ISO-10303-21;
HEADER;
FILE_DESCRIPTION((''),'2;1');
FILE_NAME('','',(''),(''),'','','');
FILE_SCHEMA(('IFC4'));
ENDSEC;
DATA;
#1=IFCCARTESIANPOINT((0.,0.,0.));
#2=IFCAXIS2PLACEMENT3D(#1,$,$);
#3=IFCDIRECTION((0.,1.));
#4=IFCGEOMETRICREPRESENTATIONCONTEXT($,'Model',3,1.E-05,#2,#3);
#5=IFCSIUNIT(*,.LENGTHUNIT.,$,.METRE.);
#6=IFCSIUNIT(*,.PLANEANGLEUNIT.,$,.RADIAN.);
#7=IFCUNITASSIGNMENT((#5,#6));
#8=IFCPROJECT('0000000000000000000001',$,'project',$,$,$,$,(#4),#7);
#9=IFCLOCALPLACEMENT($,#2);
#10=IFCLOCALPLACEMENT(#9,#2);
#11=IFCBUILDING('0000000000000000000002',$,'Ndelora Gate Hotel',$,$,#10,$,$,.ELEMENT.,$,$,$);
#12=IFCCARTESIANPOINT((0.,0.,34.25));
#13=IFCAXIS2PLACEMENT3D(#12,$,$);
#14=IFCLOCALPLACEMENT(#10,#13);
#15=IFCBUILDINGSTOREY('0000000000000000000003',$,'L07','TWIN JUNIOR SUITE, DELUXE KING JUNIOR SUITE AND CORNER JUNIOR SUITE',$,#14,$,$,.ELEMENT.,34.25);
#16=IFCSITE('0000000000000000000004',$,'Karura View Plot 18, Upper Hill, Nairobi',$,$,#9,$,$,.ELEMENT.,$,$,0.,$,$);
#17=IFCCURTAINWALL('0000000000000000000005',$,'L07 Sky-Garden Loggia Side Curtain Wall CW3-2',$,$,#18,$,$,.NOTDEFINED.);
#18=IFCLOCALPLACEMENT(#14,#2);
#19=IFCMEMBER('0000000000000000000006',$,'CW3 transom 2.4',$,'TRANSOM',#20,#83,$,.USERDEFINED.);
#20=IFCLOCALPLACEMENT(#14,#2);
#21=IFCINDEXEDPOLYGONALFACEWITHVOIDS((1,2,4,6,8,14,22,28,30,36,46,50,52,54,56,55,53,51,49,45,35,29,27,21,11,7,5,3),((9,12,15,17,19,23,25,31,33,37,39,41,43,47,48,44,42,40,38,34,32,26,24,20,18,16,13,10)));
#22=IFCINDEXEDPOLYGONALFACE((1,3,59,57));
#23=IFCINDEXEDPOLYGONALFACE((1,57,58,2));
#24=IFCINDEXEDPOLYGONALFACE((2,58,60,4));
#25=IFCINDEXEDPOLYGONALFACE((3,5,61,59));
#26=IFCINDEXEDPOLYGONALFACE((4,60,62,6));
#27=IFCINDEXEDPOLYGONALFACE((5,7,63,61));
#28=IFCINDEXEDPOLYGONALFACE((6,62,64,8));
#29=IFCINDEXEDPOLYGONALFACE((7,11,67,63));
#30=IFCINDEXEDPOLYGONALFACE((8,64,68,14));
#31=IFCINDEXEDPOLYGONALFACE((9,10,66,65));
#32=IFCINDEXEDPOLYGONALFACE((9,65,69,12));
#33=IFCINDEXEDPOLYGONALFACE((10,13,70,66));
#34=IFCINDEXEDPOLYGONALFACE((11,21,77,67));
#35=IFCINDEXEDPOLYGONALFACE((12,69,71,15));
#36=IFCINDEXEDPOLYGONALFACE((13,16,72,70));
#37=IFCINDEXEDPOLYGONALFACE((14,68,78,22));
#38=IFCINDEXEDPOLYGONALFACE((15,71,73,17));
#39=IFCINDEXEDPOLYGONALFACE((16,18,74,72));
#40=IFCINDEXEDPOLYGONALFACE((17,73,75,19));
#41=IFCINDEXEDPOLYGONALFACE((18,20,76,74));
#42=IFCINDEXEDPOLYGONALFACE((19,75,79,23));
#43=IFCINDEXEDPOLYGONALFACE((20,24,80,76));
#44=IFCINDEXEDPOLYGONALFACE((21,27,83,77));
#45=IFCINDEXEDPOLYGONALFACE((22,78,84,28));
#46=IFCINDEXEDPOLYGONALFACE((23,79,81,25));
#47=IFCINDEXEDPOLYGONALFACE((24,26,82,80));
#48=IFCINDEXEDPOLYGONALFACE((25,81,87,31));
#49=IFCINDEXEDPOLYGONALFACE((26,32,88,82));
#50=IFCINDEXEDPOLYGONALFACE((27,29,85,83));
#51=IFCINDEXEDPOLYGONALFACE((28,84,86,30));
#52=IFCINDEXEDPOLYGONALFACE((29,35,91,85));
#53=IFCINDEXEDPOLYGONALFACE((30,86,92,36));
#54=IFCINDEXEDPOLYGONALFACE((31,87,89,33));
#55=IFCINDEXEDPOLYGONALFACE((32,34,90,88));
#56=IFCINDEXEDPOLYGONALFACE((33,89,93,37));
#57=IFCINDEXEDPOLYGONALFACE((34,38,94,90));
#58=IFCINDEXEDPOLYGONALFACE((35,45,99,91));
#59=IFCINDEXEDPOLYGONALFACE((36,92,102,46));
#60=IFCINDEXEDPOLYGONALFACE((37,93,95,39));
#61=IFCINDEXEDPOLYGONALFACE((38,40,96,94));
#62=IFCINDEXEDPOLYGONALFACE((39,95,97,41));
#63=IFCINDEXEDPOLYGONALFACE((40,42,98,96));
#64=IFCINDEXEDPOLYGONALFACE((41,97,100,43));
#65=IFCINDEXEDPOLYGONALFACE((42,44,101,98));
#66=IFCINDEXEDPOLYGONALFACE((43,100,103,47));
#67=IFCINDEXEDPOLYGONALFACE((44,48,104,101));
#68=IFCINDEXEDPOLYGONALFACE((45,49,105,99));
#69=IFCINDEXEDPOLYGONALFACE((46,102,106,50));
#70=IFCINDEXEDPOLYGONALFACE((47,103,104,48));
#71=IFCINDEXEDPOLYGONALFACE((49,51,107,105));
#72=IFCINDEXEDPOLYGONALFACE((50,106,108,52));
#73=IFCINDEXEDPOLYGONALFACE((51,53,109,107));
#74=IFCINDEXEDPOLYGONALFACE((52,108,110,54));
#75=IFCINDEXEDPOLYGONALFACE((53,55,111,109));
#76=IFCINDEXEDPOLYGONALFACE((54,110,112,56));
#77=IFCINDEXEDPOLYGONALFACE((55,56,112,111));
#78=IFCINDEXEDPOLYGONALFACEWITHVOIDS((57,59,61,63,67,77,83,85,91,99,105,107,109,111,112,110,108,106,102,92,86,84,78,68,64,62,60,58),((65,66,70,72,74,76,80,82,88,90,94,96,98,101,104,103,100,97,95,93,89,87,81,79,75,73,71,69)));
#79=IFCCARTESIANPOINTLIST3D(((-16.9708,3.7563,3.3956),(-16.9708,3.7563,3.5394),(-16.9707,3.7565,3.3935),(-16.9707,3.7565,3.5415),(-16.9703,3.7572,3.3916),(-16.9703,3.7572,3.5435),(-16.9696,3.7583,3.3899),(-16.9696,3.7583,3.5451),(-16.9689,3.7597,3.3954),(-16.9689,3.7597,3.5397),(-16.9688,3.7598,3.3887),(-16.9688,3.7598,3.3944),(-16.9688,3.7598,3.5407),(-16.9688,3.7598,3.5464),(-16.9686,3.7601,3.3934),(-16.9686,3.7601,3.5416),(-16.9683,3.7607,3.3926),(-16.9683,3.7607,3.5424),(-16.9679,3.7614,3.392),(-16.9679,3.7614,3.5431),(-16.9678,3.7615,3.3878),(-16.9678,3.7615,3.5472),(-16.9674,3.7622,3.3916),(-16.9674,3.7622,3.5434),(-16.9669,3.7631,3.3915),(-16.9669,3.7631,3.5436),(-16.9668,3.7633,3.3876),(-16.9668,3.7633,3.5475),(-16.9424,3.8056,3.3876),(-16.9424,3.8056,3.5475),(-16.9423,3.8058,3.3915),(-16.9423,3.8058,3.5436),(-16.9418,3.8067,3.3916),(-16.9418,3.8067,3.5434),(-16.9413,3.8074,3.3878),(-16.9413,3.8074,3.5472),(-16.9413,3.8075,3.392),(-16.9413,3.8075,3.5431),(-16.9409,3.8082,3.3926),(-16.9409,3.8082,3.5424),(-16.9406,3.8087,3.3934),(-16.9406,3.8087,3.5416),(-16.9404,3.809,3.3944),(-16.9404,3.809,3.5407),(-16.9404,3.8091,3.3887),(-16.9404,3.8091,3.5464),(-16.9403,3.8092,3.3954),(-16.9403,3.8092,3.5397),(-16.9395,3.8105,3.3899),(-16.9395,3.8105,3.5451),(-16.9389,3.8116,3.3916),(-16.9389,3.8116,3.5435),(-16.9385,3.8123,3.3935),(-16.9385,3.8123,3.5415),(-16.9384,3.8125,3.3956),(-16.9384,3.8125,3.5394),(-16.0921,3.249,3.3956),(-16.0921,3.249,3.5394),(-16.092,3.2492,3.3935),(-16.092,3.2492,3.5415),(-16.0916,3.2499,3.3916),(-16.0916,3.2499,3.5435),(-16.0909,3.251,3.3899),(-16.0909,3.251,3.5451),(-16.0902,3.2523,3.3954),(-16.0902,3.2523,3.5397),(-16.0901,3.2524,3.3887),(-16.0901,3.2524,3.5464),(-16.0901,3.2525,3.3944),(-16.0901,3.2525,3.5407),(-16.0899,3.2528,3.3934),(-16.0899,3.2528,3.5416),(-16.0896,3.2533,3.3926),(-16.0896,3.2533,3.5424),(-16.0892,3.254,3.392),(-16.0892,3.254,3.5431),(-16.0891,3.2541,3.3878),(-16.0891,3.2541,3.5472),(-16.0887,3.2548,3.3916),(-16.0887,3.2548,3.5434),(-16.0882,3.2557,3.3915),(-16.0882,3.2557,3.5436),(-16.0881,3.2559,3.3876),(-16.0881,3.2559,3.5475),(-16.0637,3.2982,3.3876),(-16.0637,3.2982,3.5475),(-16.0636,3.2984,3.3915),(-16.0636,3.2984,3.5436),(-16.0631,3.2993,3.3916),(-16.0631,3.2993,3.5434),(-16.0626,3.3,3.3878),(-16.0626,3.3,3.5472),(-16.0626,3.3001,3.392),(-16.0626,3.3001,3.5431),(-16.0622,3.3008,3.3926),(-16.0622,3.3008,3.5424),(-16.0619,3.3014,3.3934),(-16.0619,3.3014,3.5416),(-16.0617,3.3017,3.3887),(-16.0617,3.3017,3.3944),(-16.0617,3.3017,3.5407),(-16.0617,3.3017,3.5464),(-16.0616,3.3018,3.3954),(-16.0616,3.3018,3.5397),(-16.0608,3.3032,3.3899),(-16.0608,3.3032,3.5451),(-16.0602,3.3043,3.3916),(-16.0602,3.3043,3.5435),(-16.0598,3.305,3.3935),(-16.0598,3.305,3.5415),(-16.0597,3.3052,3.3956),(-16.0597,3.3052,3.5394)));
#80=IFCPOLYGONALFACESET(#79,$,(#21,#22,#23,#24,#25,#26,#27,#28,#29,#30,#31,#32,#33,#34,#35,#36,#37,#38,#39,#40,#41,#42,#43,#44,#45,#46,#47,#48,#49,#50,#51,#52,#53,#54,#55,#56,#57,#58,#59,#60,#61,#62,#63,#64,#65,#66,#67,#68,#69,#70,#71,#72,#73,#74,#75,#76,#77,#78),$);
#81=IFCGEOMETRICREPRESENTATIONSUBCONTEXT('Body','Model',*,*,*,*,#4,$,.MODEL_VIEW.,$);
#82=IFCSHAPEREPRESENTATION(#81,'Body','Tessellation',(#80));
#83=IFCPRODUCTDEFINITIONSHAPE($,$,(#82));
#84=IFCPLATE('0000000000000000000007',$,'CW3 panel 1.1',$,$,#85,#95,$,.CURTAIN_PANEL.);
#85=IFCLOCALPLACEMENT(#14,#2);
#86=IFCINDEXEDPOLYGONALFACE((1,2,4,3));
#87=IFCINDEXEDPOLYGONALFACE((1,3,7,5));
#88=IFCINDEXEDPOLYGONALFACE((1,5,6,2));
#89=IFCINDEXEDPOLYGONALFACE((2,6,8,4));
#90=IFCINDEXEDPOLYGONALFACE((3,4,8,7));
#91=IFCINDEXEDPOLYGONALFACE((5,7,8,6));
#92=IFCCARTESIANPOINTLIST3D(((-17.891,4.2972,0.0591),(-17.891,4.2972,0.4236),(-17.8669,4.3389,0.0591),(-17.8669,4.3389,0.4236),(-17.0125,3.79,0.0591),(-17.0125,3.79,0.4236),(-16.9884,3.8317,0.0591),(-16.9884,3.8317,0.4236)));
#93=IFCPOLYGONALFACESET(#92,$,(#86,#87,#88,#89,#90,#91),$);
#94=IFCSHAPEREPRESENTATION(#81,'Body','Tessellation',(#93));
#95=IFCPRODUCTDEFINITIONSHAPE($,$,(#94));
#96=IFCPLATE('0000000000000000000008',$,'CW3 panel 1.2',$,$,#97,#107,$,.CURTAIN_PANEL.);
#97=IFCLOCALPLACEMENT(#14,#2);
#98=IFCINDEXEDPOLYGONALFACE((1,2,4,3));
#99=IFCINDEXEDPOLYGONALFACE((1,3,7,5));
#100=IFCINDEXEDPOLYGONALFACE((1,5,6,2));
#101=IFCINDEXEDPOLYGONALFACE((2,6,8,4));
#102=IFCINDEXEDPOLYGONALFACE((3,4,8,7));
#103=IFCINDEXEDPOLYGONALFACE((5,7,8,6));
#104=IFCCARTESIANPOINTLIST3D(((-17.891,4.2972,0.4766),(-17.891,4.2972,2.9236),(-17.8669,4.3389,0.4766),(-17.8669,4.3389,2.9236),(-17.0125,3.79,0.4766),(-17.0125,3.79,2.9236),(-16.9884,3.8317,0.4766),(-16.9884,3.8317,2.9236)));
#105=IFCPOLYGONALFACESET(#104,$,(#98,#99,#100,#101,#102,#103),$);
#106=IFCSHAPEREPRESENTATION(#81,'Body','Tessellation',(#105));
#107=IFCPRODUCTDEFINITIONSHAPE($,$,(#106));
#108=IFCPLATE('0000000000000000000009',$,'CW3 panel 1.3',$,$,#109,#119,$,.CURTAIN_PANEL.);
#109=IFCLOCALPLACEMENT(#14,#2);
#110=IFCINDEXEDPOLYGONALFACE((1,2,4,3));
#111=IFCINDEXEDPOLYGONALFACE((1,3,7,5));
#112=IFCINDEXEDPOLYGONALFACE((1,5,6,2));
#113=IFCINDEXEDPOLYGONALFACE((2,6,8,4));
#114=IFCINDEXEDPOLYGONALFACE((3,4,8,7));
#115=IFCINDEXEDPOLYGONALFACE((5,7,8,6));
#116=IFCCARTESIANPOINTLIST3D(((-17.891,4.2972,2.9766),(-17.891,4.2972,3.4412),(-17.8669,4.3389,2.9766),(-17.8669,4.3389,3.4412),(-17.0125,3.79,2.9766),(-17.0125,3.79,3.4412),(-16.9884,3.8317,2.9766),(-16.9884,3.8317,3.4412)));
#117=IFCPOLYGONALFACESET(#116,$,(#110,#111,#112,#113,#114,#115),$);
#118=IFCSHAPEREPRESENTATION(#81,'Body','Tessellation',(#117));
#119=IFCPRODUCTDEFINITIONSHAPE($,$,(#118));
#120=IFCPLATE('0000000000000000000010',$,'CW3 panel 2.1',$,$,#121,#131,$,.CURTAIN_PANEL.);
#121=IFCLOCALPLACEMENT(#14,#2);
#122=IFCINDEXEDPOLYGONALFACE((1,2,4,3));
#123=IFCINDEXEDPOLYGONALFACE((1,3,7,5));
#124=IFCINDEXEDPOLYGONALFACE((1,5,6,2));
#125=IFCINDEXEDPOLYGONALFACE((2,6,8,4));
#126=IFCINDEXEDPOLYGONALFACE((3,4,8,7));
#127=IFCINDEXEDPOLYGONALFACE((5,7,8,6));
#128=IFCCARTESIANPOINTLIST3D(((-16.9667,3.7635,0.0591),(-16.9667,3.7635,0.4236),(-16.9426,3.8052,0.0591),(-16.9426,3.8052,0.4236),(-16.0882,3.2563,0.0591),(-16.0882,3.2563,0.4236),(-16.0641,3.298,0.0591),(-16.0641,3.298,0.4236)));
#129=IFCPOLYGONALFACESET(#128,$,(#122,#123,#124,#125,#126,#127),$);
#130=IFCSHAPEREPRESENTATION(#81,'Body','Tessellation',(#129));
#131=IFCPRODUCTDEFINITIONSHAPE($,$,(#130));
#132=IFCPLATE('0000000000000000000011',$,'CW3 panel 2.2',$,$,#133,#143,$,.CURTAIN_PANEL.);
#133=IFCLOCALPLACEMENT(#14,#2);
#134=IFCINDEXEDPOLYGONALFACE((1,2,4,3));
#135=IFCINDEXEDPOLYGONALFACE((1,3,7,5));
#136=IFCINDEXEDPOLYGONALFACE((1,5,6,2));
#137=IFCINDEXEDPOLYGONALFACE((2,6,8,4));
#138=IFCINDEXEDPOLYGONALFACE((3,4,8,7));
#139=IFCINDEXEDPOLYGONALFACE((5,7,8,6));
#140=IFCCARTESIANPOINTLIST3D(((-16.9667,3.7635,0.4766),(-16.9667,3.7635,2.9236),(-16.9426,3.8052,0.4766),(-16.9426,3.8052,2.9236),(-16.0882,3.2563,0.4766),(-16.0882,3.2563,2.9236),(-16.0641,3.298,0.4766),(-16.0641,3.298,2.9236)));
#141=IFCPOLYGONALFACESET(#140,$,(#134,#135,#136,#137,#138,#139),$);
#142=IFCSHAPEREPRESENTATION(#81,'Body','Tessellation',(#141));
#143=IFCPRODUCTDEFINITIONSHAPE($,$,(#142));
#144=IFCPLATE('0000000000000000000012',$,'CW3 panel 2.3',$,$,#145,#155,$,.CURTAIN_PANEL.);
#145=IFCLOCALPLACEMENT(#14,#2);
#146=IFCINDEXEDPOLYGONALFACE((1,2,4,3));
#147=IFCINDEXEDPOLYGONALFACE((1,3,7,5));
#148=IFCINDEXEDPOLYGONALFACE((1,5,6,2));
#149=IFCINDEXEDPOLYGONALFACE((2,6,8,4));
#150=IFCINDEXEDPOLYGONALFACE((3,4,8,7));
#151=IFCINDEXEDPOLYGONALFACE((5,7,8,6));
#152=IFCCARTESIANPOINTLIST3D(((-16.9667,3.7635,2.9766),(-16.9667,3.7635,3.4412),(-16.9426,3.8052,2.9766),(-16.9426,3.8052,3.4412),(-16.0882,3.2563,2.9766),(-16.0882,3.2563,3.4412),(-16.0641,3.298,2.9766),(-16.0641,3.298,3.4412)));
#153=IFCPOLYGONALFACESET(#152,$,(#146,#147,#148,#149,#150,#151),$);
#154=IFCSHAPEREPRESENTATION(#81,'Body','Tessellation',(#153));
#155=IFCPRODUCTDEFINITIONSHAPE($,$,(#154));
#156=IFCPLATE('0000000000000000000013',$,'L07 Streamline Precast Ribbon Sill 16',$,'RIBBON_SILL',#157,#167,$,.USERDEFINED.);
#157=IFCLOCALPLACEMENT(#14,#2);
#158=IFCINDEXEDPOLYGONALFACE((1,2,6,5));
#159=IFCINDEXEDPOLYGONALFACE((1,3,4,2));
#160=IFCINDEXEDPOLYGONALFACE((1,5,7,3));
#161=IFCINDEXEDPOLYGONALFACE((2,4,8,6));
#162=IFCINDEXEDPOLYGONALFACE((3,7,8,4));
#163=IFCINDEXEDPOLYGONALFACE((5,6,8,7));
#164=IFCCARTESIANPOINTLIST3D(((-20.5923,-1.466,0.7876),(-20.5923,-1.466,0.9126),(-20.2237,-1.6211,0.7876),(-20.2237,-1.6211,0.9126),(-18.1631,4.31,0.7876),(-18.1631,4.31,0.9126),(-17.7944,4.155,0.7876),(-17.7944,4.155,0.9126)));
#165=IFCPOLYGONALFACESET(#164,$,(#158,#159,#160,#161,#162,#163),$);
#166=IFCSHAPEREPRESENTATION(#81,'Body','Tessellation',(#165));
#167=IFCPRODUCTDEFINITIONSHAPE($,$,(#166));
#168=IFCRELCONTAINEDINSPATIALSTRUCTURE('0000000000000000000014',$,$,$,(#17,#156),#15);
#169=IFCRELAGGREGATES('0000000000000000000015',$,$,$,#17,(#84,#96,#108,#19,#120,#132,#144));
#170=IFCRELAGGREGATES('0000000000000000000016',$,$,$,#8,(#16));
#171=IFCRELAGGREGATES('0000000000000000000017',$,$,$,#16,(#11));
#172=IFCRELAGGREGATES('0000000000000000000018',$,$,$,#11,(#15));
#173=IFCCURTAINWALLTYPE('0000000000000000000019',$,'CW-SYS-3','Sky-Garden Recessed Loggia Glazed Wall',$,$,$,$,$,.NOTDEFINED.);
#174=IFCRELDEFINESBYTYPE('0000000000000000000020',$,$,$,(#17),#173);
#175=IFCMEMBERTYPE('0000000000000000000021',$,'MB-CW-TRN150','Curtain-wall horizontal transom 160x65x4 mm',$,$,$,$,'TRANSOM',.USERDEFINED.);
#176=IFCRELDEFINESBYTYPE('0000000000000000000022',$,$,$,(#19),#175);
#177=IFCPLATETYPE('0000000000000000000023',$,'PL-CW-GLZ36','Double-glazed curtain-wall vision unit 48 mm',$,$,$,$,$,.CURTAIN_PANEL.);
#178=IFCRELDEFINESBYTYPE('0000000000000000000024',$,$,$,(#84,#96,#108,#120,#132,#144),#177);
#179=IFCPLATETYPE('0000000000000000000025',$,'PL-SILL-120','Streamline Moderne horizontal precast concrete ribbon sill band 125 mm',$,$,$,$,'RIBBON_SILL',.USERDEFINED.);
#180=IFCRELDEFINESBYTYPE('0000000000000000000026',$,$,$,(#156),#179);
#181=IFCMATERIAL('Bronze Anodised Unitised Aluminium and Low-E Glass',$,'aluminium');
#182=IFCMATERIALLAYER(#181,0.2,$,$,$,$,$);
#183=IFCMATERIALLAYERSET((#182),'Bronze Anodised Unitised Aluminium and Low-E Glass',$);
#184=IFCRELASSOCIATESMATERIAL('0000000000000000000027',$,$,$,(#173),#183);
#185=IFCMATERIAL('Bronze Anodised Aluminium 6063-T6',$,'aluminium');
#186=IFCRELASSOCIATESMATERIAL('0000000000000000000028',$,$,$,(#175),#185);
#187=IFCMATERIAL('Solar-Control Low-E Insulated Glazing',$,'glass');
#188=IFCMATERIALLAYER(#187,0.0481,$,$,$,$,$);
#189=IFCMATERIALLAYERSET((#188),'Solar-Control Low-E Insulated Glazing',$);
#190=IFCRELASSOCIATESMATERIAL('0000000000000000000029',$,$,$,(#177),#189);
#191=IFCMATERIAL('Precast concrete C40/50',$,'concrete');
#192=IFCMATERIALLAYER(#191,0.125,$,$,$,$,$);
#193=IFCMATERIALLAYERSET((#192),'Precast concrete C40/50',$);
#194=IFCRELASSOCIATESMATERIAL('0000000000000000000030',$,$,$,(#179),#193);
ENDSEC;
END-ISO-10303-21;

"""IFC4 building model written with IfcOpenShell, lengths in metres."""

from ifc_helpers import new_model, si_unit, direction, frame, origin, origin_2d, place, context, subcontext, project, spatial, rectangle, hollow_rectangle, extrude, material, layer, layer_set, material_profile, profile_set, type_object, element, aggregate, save


model = new_model("IFC4")

# Units and contexts
model_context = context("Model", 3, precision=1e-05, world=origin(), true_north=direction((0.0, 1.0)))
body_context = subcontext(model_context, "Body", "Model", "MODEL_VIEW")
ifc_project = project(units=[si_unit("LENGTHUNIT", "METRE"), si_unit("PLANEANGLEUNIT", "RADIAN")], contexts=[model_context])

# Site, building, storey
site_placement = place(None, origin())
site = spatial("IfcSite", under=ifc_project, at=site_placement, Name="Karura View Plot 18, Upper Hill, Nairobi", CompositionType="ELEMENT", RefElevation=0.0)
building_placement = place(site_placement, origin())
building = spatial("IfcBuilding", under=site, at=building_placement, Name="Ndelora Gate Hotel", CompositionType="ELEMENT")
storey_placement = place(building_placement, frame((0.0, 0.0, 34.25)))
storey = spatial("IfcBuildingStorey", under=building, at=storey_placement, Name="L07", Description="TWIN JUNIOR SUITE, DELUXE KING JUNIOR SUITE AND CORNER JUNIOR SUITE", CompositionType="ELEMENT", Elevation=34.25)

# Curtain wall, member, plates
ifc_material_1 = material(Name="Bronze Anodised Unitised Aluminium and Low-E Glass", Category="aluminium")
ifc_layer_1 = layer(ifc_material_1, 0.2)
ifc_layer_set_1 = layer_set([ifc_layer_1], Name="Bronze Anodised Unitised Aluminium and Low-E Glass")
curtain_wall_type = type_object("IfcCurtainWallType", Name="CW-SYS-3", Description="Sky-Garden Recessed Loggia Glazed Wall", PredefinedType="NOTDEFINED", material=ifc_layer_set_1)
curtain_wall_placement = place(storey_placement, origin())
curtain_wall = element("IfcCurtainWall", 1, at=curtain_wall_placement, inside=storey, type_object=curtain_wall_type, Name="L07 Sky-Garden Loggia Side Curtain Wall CW3-2", PredefinedType="NOTDEFINED")
ifc_material_2 = material(Name="Bronze Anodised Aluminium 6063-T6", Category="aluminium")
ifc_material_profile_1 = material_profile(ifc_material_2, hollow_rectangle(XDim=0.0649, YDim=0.1599, WallThickness=0.0039, InnerFilletRadius=0.0039, OuterFilletRadius=0.0081, at=origin_2d()), Name="ALU 160x65x4")
ifc_profile_set_1 = profile_set([ifc_material_profile_1], Name="Bronze Anodised Aluminium 6063-T6")
member_type_1 = type_object("IfcMemberType", Name="MB-CW-TRN150", Description="Curtain-wall horizontal transom 160x65x4 mm", ElementType="TRANSOM", PredefinedType="USERDEFINED", material=ifc_profile_set_1)
member_1_placement = place(storey_placement, frame((-16.9546, 3.7844, 3.4675), z_axis=(0.866013, -0.500021, 0.0), x_axis=(0.500021, 0.866013, 0.0)))
member_1 = element("IfcMember", 2, at=member_1_placement, type_object=member_type_1, Name="CW3 transom 2.4", ObjectType="TRANSOM", PredefinedType="USERDEFINED", context=body_context, shape_type="SweptSolid", body=[
    extrude(hollow_rectangle(XDim=0.0649, YDim=0.1599, WallThickness=0.0039, InnerFilletRadius=0.0039, OuterFilletRadius=0.0081, at=origin_2d()), origin(), (0.0, 0.0, 1.0), 1.0146),
])
ifc_material_3 = material(Name="Solar-Control Low-E Insulated Glazing", Category="glass")
ifc_layer_2 = layer(ifc_material_3, 0.0481)
ifc_layer_set_2 = layer_set([ifc_layer_2], Name="Solar-Control Low-E Insulated Glazing")
plate_type_1 = type_object("IfcPlateType", Name="PL-CW-GLZ36", Description="Double-glazed curtain-wall vision unit 48 mm", PredefinedType="CURTAIN_PANEL", material=ifc_layer_set_2)
plate_1_placement = place(storey_placement, frame((-17.4397, 4.0645, 0.0591), z_axis=(0.0, 0.0, 1.0), x_axis=(0.86603, -0.499991, 0.0)))
plate_1 = element("IfcPlate", 3, at=plate_1_placement, type_object=plate_type_1, Name="CW3 panel 1.1", PredefinedType="CURTAIN_PANEL", context=body_context, shape_type="SweptSolid", body=[
    extrude(rectangle(XDim=1.0144, YDim=0.0481, at=origin_2d()), origin(), (0.0, 0.0, 1.0), 0.3645),
])
plate_2_placement = place(storey_placement, frame((-17.4397, 4.0645, 0.4766), z_axis=(0.0, 0.0, 1.0), x_axis=(0.86603, -0.499991, 0.0)))
plate_2 = element("IfcPlate", 4, at=plate_2_placement, type_object=plate_type_1, Name="CW3 panel 1.2", PredefinedType="CURTAIN_PANEL", context=body_context, shape_type="SweptSolid", body=[
    extrude(rectangle(XDim=1.0144, YDim=0.0481, at=origin_2d()), origin(), (0.0, 0.0, 1.0), 2.447),
])
plate_3_placement = place(storey_placement, frame((-17.4397, 4.0645, 2.9766), z_axis=(0.0, 0.0, 1.0), x_axis=(0.86603, -0.499991, 0.0)))
plate_3 = element("IfcPlate", 5, at=plate_3_placement, type_object=plate_type_1, Name="CW3 panel 1.3", PredefinedType="CURTAIN_PANEL", context=body_context, shape_type="SweptSolid", body=[
    extrude(rectangle(XDim=1.0144, YDim=0.0481, at=origin_2d()), origin(), (0.0, 0.0, 1.0), 0.4646),
])
plate_4_placement = place(storey_placement, frame((-16.5154, 3.5308, 0.0591), z_axis=(0.0, 0.0, 1.0), x_axis=(0.86603, -0.499991, 0.0)))
plate_4 = element("IfcPlate", 6, at=plate_4_placement, type_object=plate_type_1, Name="CW3 panel 2.1", PredefinedType="CURTAIN_PANEL", context=body_context, shape_type="SweptSolid", body=[
    extrude(rectangle(XDim=1.0144, YDim=0.0481, at=origin_2d()), origin(), (0.0, 0.0, 1.0), 0.3645),
])
plate_5_placement = place(storey_placement, frame((-16.5154, 3.5308, 0.4766), z_axis=(0.0, 0.0, 1.0), x_axis=(0.86603, -0.499991, 0.0)))
plate_5 = element("IfcPlate", 7, at=plate_5_placement, type_object=plate_type_1, Name="CW3 panel 2.2", PredefinedType="CURTAIN_PANEL", context=body_context, shape_type="SweptSolid", body=[
    extrude(rectangle(XDim=1.0144, YDim=0.0481, at=origin_2d()), origin(), (0.0, 0.0, 1.0), 2.447),
])
plate_6_placement = place(storey_placement, frame((-16.5154, 3.5308, 2.9766), z_axis=(0.0, 0.0, 1.0), x_axis=(0.86603, -0.499991, 0.0)))
plate_6 = element("IfcPlate", 8, at=plate_6_placement, type_object=plate_type_1, Name="CW3 panel 2.3", PredefinedType="CURTAIN_PANEL", context=body_context, shape_type="SweptSolid", body=[
    extrude(rectangle(XDim=1.0144, YDim=0.0481, at=origin_2d()), origin(), (0.0, 0.0, 1.0), 0.4646),
])
aggregate(curtain_wall, [plate_1, plate_2, plate_3, member_1, plate_4, plate_5, plate_6])

# Plate
ifc_material_4 = material(Name="Precast concrete C40/50", Category="concrete")
ifc_layer_3 = layer(ifc_material_4, 0.125)
ifc_layer_set_3 = layer_set([ifc_layer_3], Name="Precast concrete C40/50")
plate_type_2 = type_object("IfcPlateType", Name="PL-SILL-120", Description="Streamline Moderne horizontal precast concrete ribbon sill band 125 mm", ElementType="RIBBON_SILL", PredefinedType="USERDEFINED", material=ifc_layer_set_3)
plate_7_placement = place(storey_placement, frame((-19.1934, 1.3445, 0.7876), z_axis=(0.0, 0.0, 1.0), x_axis=(0.387676, 0.921796, 0.0)))
element("IfcPlate", 9, at=plate_7_placement, inside=storey, type_object=plate_type_2, Name="L07 Streamline Precast Ribbon Sill 16", ObjectType="RIBBON_SILL", PredefinedType="USERDEFINED", context=body_context, shape_type="SweptSolid", body=[
    extrude(rectangle(XDim=6.2661, YDim=0.3999, at=origin_2d()), origin(), (0.0, 0.0, 1.0), 0.125),
])

save(model, "model.ifc")
